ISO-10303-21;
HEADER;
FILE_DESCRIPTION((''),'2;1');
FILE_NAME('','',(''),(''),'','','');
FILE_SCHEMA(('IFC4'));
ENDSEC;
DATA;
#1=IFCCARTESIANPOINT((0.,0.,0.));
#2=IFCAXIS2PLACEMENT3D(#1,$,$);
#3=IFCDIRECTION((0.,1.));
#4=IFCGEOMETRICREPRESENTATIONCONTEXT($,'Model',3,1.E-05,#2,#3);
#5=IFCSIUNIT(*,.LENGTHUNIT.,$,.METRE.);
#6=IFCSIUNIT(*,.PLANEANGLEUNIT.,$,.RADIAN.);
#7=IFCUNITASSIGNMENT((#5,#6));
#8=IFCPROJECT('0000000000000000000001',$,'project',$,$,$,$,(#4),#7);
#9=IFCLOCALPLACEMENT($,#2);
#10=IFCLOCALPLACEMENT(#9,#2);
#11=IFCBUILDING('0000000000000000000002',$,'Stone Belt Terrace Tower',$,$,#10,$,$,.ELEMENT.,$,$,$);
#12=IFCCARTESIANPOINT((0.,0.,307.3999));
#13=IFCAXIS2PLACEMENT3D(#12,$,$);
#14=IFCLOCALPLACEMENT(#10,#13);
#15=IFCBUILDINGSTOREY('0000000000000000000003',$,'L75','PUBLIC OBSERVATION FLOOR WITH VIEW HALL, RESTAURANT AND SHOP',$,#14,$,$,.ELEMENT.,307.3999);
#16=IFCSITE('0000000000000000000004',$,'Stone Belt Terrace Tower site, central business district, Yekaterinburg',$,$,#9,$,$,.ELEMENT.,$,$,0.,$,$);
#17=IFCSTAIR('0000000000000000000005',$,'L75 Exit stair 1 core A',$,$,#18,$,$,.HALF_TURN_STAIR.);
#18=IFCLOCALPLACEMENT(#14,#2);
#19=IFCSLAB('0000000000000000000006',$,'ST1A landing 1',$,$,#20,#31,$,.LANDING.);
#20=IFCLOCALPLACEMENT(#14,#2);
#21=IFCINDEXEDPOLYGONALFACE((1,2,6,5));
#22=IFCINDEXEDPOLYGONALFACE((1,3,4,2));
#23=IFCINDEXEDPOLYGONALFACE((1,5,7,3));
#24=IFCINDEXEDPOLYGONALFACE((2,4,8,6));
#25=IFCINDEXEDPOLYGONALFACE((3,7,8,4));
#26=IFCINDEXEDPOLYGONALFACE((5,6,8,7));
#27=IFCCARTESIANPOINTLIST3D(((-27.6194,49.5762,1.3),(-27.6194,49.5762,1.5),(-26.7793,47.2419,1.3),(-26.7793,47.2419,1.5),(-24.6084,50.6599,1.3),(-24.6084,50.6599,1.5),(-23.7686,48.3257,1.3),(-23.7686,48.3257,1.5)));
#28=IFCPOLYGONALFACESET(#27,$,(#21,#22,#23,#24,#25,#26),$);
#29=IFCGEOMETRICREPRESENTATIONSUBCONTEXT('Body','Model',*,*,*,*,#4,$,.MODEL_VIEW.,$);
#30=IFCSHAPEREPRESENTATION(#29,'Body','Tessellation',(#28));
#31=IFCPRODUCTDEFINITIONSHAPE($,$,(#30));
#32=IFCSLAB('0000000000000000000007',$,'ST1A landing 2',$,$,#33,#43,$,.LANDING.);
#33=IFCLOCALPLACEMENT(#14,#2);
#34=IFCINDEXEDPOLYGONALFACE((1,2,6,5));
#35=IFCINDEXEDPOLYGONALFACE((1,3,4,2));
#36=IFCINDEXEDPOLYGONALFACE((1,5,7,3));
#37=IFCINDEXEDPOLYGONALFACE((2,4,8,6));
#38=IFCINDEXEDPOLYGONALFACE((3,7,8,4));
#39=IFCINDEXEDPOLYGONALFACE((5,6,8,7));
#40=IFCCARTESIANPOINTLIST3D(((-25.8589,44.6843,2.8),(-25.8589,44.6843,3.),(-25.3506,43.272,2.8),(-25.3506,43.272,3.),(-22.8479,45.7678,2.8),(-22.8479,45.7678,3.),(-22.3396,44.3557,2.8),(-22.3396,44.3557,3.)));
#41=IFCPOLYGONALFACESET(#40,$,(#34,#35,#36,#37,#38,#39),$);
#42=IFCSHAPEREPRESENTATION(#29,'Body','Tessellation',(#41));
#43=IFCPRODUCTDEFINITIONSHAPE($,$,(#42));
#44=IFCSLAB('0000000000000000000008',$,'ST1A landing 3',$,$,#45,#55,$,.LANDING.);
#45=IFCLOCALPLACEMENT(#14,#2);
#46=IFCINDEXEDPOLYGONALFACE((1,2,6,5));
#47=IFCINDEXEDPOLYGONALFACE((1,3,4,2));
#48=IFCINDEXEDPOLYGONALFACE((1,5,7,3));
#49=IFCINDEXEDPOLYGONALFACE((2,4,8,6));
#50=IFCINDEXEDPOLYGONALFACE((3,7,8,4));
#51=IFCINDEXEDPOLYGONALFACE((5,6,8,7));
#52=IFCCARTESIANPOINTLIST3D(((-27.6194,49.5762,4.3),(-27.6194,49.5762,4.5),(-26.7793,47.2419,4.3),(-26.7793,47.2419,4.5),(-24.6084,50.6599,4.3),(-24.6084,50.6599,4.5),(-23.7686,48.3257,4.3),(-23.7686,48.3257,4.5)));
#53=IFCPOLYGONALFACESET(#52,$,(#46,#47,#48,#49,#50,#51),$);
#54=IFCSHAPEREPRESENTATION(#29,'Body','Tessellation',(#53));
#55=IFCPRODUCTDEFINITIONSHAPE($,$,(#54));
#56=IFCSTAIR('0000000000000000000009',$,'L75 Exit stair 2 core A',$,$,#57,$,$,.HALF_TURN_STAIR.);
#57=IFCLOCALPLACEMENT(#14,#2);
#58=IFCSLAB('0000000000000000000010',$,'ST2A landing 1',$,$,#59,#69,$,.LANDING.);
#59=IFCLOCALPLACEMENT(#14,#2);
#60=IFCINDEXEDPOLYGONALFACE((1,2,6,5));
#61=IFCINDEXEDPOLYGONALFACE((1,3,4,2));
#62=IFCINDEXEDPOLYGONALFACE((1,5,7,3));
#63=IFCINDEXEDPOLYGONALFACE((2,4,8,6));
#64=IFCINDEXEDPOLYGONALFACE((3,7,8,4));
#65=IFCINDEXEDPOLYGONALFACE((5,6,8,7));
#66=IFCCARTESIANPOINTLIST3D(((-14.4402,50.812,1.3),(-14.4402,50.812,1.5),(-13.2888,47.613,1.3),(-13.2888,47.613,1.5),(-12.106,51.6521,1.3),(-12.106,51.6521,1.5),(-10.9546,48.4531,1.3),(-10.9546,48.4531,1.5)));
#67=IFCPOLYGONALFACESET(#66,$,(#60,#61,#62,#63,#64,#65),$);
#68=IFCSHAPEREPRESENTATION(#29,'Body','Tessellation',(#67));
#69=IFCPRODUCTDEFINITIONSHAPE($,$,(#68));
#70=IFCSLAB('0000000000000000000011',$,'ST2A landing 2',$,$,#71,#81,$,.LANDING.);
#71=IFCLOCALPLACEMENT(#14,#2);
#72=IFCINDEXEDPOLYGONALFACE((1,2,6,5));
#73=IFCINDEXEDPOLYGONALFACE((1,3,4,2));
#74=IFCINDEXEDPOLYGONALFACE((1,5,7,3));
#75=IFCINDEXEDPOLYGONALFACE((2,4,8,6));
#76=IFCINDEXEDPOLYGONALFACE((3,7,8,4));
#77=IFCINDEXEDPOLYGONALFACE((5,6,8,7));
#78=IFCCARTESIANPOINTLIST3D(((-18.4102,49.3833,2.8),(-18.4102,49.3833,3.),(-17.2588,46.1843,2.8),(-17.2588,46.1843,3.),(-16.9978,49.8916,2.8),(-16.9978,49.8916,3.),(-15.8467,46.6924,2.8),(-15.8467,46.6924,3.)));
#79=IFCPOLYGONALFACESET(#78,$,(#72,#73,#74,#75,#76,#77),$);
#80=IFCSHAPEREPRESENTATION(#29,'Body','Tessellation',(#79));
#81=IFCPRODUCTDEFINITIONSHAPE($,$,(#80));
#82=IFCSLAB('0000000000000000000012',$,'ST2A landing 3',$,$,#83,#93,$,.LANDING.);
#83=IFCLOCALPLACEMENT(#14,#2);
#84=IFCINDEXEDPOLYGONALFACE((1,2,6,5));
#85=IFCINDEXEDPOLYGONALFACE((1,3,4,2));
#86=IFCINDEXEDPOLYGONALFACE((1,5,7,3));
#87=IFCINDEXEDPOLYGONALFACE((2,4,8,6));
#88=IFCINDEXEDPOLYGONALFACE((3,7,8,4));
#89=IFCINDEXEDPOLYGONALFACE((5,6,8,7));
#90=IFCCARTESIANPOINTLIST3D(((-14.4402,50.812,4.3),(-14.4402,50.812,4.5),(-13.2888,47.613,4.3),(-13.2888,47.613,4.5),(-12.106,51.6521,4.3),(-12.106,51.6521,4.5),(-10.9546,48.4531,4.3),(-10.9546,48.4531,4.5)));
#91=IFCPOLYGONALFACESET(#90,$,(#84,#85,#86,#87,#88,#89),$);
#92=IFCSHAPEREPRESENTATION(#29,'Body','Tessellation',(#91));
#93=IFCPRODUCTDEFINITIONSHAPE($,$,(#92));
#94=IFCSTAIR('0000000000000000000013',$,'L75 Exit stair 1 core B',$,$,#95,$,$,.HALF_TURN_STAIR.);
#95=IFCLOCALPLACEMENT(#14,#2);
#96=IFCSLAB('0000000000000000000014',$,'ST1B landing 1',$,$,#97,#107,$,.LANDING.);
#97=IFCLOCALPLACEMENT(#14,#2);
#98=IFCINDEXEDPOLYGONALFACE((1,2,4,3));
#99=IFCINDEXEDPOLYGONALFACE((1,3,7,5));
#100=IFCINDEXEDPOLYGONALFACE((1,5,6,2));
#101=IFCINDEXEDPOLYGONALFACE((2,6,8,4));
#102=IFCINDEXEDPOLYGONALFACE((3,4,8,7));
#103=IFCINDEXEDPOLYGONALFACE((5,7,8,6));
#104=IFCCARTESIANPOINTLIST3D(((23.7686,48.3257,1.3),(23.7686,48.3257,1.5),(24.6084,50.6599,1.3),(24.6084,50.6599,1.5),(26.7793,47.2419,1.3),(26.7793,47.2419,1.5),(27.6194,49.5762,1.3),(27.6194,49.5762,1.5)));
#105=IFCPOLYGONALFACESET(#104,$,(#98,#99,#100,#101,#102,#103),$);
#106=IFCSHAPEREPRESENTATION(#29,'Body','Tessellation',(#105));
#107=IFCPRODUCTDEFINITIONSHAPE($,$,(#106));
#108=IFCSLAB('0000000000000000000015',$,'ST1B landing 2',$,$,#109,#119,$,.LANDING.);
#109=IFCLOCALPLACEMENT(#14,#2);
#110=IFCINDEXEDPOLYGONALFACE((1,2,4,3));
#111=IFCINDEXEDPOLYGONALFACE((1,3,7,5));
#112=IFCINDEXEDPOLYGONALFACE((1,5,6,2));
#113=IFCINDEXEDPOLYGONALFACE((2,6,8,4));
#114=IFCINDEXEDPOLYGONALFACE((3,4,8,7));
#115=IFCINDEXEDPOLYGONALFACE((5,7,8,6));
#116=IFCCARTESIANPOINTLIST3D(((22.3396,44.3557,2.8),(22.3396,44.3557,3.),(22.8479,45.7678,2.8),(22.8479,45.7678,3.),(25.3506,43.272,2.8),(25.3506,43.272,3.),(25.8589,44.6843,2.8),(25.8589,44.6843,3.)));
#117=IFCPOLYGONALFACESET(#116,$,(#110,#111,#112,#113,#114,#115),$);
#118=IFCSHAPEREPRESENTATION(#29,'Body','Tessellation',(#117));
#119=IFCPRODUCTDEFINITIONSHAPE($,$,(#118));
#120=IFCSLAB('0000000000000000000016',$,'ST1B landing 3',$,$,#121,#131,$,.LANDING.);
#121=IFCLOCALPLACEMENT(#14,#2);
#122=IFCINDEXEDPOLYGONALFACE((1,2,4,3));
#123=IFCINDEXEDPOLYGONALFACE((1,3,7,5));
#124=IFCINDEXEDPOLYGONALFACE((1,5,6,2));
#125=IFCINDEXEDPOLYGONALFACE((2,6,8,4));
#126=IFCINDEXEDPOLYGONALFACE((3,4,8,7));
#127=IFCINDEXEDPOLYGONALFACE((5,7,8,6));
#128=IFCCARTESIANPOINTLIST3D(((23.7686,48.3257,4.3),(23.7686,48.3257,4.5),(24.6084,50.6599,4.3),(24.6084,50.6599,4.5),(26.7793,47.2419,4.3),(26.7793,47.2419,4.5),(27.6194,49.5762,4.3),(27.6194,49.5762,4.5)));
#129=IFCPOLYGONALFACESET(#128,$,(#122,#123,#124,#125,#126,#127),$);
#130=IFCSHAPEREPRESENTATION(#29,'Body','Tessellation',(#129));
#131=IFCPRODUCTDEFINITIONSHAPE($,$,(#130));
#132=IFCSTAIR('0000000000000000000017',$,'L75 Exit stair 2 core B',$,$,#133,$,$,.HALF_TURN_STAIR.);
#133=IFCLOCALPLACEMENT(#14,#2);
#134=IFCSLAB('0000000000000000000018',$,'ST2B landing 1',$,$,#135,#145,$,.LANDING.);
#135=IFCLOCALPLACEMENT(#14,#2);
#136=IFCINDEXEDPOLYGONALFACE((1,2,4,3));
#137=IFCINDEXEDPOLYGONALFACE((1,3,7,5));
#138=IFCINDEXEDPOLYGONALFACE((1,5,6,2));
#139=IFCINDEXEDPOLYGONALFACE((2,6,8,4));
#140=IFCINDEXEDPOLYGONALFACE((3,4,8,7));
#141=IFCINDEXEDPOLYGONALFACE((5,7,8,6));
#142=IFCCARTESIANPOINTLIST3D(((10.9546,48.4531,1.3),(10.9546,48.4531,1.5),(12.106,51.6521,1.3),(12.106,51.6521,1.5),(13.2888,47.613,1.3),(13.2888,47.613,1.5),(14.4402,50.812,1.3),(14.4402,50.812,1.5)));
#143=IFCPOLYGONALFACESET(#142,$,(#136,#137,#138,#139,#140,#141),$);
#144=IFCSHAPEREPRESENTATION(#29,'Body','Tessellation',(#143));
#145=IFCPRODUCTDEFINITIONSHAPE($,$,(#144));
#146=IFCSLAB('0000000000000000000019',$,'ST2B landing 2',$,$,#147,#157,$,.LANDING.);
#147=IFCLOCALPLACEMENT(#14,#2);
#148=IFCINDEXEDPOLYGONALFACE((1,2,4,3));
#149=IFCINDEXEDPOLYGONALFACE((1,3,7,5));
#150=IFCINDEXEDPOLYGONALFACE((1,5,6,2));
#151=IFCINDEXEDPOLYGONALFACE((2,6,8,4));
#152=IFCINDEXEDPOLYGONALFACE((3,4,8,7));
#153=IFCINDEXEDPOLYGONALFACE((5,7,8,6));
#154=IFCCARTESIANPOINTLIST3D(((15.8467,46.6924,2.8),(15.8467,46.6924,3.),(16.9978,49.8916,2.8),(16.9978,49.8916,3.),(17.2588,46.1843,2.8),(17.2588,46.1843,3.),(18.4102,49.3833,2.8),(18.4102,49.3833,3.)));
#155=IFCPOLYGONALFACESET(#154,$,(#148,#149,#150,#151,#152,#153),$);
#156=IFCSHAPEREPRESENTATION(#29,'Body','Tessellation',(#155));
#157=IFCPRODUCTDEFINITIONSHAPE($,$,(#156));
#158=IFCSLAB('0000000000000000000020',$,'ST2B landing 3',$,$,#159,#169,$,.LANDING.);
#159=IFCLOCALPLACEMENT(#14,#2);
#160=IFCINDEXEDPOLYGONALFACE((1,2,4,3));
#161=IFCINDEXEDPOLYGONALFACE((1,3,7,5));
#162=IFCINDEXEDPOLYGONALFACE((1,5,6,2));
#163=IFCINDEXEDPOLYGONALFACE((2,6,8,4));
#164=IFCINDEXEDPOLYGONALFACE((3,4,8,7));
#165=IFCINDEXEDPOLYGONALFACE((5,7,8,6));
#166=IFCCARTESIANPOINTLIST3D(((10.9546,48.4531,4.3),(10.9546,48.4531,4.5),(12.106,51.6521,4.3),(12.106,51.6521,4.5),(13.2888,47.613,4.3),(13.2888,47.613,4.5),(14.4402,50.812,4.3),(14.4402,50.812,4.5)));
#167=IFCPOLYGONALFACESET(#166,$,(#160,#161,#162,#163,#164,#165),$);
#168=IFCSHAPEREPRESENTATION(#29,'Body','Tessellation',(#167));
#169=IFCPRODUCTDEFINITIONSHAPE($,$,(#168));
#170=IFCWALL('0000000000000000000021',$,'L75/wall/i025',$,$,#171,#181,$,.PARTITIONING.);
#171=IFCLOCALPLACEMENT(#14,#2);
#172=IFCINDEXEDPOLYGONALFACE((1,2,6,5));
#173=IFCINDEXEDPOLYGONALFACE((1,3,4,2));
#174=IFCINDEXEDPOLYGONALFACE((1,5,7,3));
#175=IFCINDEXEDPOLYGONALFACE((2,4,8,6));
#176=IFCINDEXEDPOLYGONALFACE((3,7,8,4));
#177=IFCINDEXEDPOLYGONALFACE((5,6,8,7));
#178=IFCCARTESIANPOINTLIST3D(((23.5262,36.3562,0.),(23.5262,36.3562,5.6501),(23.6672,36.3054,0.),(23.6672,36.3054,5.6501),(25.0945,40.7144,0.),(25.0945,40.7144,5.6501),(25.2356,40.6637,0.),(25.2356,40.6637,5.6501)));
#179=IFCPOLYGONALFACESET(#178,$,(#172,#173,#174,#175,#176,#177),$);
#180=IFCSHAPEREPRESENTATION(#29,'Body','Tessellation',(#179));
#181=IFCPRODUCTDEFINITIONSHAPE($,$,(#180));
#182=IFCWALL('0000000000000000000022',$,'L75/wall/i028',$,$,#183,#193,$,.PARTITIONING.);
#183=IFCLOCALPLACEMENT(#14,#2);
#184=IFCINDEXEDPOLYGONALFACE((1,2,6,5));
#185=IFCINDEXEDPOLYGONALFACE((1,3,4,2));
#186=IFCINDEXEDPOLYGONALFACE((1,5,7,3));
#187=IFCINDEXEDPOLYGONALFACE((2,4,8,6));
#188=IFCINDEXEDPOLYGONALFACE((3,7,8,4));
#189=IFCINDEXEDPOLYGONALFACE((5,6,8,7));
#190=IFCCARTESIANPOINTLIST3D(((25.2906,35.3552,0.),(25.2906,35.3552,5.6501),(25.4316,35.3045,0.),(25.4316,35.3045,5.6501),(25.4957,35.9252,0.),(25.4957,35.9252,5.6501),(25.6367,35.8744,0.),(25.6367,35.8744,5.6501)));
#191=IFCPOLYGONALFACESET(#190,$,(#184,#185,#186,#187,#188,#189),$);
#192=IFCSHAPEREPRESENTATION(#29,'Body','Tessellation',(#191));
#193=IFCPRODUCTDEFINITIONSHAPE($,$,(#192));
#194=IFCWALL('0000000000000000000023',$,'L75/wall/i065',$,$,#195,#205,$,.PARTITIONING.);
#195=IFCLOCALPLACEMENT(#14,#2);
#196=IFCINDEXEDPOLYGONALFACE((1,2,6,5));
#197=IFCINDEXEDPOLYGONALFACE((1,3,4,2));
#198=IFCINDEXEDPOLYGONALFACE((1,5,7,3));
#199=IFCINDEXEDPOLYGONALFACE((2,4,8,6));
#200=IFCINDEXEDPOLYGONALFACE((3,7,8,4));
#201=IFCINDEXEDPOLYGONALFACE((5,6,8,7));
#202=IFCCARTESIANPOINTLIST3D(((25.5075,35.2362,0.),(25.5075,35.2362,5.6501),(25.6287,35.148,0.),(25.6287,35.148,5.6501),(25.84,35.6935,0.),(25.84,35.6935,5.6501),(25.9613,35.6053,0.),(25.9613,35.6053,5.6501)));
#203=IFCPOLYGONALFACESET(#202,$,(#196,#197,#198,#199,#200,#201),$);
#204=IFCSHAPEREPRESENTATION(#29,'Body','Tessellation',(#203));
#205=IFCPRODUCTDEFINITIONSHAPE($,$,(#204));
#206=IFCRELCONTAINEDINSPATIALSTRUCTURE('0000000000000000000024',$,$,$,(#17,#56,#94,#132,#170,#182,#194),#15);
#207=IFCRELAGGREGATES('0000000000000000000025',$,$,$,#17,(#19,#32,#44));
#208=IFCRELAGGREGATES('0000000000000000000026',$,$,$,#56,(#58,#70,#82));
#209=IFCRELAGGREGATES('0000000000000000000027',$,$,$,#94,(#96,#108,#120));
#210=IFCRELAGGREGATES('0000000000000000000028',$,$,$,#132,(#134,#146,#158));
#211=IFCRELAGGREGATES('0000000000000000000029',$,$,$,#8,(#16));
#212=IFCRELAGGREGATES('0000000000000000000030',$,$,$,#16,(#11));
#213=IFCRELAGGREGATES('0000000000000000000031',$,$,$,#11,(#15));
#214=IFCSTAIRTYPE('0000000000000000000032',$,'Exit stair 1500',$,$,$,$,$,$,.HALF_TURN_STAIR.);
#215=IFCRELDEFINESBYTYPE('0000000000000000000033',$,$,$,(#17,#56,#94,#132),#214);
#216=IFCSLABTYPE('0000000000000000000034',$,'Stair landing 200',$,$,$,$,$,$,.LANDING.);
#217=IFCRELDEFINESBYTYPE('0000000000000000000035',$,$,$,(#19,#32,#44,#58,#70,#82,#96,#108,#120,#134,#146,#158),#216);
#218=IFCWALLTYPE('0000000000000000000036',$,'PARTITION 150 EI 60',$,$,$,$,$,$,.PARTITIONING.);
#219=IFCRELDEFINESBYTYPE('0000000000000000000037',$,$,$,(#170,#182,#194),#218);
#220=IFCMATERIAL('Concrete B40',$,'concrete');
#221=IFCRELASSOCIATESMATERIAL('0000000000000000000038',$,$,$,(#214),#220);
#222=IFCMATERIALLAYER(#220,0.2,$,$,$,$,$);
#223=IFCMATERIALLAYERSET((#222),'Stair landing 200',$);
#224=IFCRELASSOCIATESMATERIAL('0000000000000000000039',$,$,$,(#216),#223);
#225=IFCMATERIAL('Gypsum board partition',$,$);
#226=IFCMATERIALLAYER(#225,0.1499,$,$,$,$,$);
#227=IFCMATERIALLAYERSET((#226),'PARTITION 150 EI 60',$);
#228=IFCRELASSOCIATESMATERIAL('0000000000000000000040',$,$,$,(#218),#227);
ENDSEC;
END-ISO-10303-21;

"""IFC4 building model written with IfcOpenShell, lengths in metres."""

from ifc_helpers import new_model, si_unit, direction, frame, frame_2d, origin, place, context, subcontext, project, spatial, polyline, rectangle, outline, extrude, material, layer, layer_set, type_object, element, aggregate, save


model = new_model("IFC4")

# Units and contexts
model_context = context("Model", 3, precision=1e-05, world=origin(), true_north=direction((0.0, 1.0)))
body_context = subcontext(model_context, "Body", "Model", "MODEL_VIEW")
ifc_project = project(units=[si_unit("LENGTHUNIT", "METRE"), si_unit("PLANEANGLEUNIT", "RADIAN")], contexts=[model_context])

# Site, building, storey
site_placement = place(None, origin())
site = spatial("IfcSite", under=ifc_project, at=site_placement, Name="Stone Belt Terrace Tower site, central business district, Yekaterinburg", CompositionType="ELEMENT", RefElevation=0.0)
building_placement = place(site_placement, origin())
building = spatial("IfcBuilding", under=site, at=building_placement, Name="Stone Belt Terrace Tower", CompositionType="ELEMENT")
storey_placement = place(building_placement, frame((0.0, 0.0, 307.3999)))
storey = spatial("IfcBuildingStorey", under=building, at=storey_placement, Name="L75", Description="PUBLIC OBSERVATION FLOOR WITH VIEW HALL, RESTAURANT AND SHOP", CompositionType="ELEMENT", Elevation=307.3999)

# Shared definitions
ifc_material_1 = material(Name="Concrete B40", Category="concrete")

# Stairs, slabs
stair_type = type_object("IfcStairType", Name="Exit stair 1500", PredefinedType="HALF_TURN_STAIR", material=ifc_material_1)
stair_1_placement = place(storey_placement, origin())
stair_1 = element("IfcStair", 1, at=stair_1_placement, inside=storey, type_object=stair_type, Name="L75 Exit stair 1 core A", PredefinedType="HALF_TURN_STAIR")
ifc_layer_1 = layer(ifc_material_1, 0.2)
ifc_layer_set_1 = layer_set([ifc_layer_1], Name="Stair landing 200")
slab_type_1 = type_object("IfcSlabType", Name="Stair landing 200", PredefinedType="LANDING", material=ifc_layer_set_1)
slab_1_placement = place(storey_placement, frame((0.0, 0.0, 1.3)))
slab_1 = element("IfcSlab", 2, at=slab_1_placement, type_object=slab_type_1, Name="ST1A landing 1", PredefinedType="LANDING", context=body_context, shape_type="SweptSolid", body=[
    extrude(outline(polyline([(-23.7686, 48.3257), (-24.6084, 50.6599), (-27.6194, 49.5762), (-26.7793, 47.2419), (-23.7686, 48.3257)])), origin(), (0.0, 0.0, 1.0), 0.2),
])
slab_2_placement = place(storey_placement, frame((0.0, 0.0, 2.8)))
slab_2 = element("IfcSlab", 3, at=slab_2_placement, type_object=slab_type_1, Name="ST1A landing 2", PredefinedType="LANDING", context=body_context, shape_type="SweptSolid", body=[
    extrude(outline(polyline([(-22.3396, 44.3557), (-22.8479, 45.7678), (-25.8589, 44.6843), (-25.3506, 43.272), (-22.3396, 44.3557)])), origin(), (0.0, 0.0, 1.0), 0.2),
])
slab_3_placement = place(storey_placement, frame((0.0, 0.0, 4.3)))
slab_3 = element("IfcSlab", 4, at=slab_3_placement, type_object=slab_type_1, Name="ST1A landing 3", PredefinedType="LANDING", context=body_context, shape_type="SweptSolid", body=[
    extrude(outline(polyline([(-23.7686, 48.3257), (-24.6084, 50.6599), (-27.6194, 49.5762), (-26.7793, 47.2419), (-23.7686, 48.3257)])), origin(), (0.0, 0.0, 1.0), 0.2),
])
aggregate(stair_1, [slab_1, slab_2, slab_3])
stair_2_placement = place(storey_placement, origin())
stair_2 = element("IfcStair", 5, at=stair_2_placement, inside=storey, type_object=stair_type, Name="L75 Exit stair 2 core A", PredefinedType="HALF_TURN_STAIR")
slab_4_placement = place(storey_placement, frame((0.0, 0.0, 1.3)))
slab_4 = element("IfcSlab", 6, at=slab_4_placement, type_object=slab_type_1, Name="ST2A landing 1", PredefinedType="LANDING", context=body_context, shape_type="SweptSolid", body=[
    extrude(outline(polyline([(-13.2888, 47.613), (-10.9546, 48.4531), (-12.106, 51.6521), (-14.4402, 50.812), (-13.2888, 47.613)])), origin(), (0.0, 0.0, 1.0), 0.2),
])
slab_5_placement = place(storey_placement, frame((0.0, 0.0, 2.8)))
slab_5 = element("IfcSlab", 7, at=slab_5_placement, type_object=slab_type_1, Name="ST2A landing 2", PredefinedType="LANDING", context=body_context, shape_type="SweptSolid", body=[
    extrude(outline(polyline([(-17.2588, 46.1843), (-15.8467, 46.6924), (-16.9978, 49.8916), (-18.4102, 49.3833), (-17.2588, 46.1843)])), origin(), (0.0, 0.0, 1.0), 0.2),
])
slab_6_placement = place(storey_placement, frame((0.0, 0.0, 4.3)))
slab_6 = element("IfcSlab", 8, at=slab_6_placement, type_object=slab_type_1, Name="ST2A landing 3", PredefinedType="LANDING", context=body_context, shape_type="SweptSolid", body=[
    extrude(outline(polyline([(-13.2888, 47.613), (-10.9546, 48.4531), (-12.106, 51.6521), (-14.4402, 50.812), (-13.2888, 47.613)])), origin(), (0.0, 0.0, 1.0), 0.2),
])
aggregate(stair_2, [slab_4, slab_5, slab_6])
stair_3_placement = place(storey_placement, origin())
stair_3 = element("IfcStair", 9, at=stair_3_placement, inside=storey, type_object=stair_type, Name="L75 Exit stair 1 core B", PredefinedType="HALF_TURN_STAIR")
slab_7_placement = place(storey_placement, frame((0.0, 0.0, 1.3)))
slab_7 = element("IfcSlab", 10, at=slab_7_placement, type_object=slab_type_1, Name="ST1B landing 1", PredefinedType="LANDING", context=body_context, shape_type="SweptSolid", body=[
    extrude(outline(polyline([(26.7793, 47.2419), (27.6194, 49.5762), (24.6084, 50.6599), (23.7686, 48.3257), (26.7793, 47.2419)])), origin(), (0.0, 0.0, 1.0), 0.2),
])
slab_8_placement = place(storey_placement, frame((0.0, 0.0, 2.8)))
slab_8 = element("IfcSlab", 11, at=slab_8_placement, type_object=slab_type_1, Name="ST1B landing 2", PredefinedType="LANDING", context=body_context, shape_type="SweptSolid", body=[
    extrude(outline(polyline([(25.3506, 43.272), (25.8589, 44.6843), (22.8479, 45.7678), (22.3396, 44.3557), (25.3506, 43.272)])), origin(), (0.0, 0.0, 1.0), 0.2),
])
slab_9_placement = place(storey_placement, frame((0.0, 0.0, 4.3)))
slab_9 = element("IfcSlab", 12, at=slab_9_placement, type_object=slab_type_1, Name="ST1B landing 3", PredefinedType="LANDING", context=body_context, shape_type="SweptSolid", body=[
    extrude(outline(polyline([(26.7793, 47.2419), (27.6194, 49.5762), (24.6084, 50.6599), (23.7686, 48.3257), (26.7793, 47.2419)])), origin(), (0.0, 0.0, 1.0), 0.2),
])
aggregate(stair_3, [slab_7, slab_8, slab_9])
stair_4_placement = place(storey_placement, origin())
stair_4 = element("IfcStair", 13, at=stair_4_placement, inside=storey, type_object=stair_type, Name="L75 Exit stair 2 core B", PredefinedType="HALF_TURN_STAIR")
slab_10_placement = place(storey_placement, frame((0.0, 0.0, 1.3)))
slab_10 = element("IfcSlab", 14, at=slab_10_placement, type_object=slab_type_1, Name="ST2B landing 1", PredefinedType="LANDING", context=body_context, shape_type="SweptSolid", body=[
    extrude(outline(polyline([(14.4402, 50.812), (12.106, 51.6521), (10.9546, 48.4531), (13.2888, 47.613), (14.4402, 50.812)])), origin(), (0.0, 0.0, 1.0), 0.2),
])
slab_11_placement = place(storey_placement, frame((0.0, 0.0, 2.8)))
slab_11 = element("IfcSlab", 15, at=slab_11_placement, type_object=slab_type_1, Name="ST2B landing 2", PredefinedType="LANDING", context=body_context, shape_type="SweptSolid", body=[
    extrude(outline(polyline([(18.4102, 49.3833), (16.9978, 49.8916), (15.8467, 46.6924), (17.2588, 46.1843), (18.4102, 49.3833)])), origin(), (0.0, 0.0, 1.0), 0.2),
])
slab_12_placement = place(storey_placement, frame((0.0, 0.0, 4.3)))
slab_12 = element("IfcSlab", 16, at=slab_12_placement, type_object=slab_type_1, Name="ST2B landing 3", PredefinedType="LANDING", context=body_context, shape_type="SweptSolid", body=[
    extrude(outline(polyline([(14.4402, 50.812), (12.106, 51.6521), (10.9546, 48.4531), (13.2888, 47.613), (14.4402, 50.812)])), origin(), (0.0, 0.0, 1.0), 0.2),
])
aggregate(stair_4, [slab_10, slab_11, slab_12])

# Walls
ifc_material_2 = material(Name="Gypsum board partition")
ifc_layer_2 = layer(ifc_material_2, 0.1499)
ifc_layer_set_2 = layer_set([ifc_layer_2], Name="PARTITION 150 EI 60")
wall_type = type_object("IfcWallType", Name="PARTITION 150 EI 60", PredefinedType="PARTITIONING", material=ifc_layer_set_2)
wall_1_placement = place(storey_placement, frame((23.5967, 36.3308, 0.0), z_axis=(0.0, 0.0, 1.0), x_axis=(0.338609, 0.940927, 0.0)))
element("IfcWall", 17, at=wall_1_placement, inside=storey, type_object=wall_type, Name="L75/wall/i025", PredefinedType="PARTITIONING", context=body_context, shape_type="SweptSolid", body=[
    extrude(rectangle(XDim=4.6318, YDim=0.1499, at=frame_2d((2.3159, 0.0))), origin(), (0.0, 0.0, 1.0), 5.6501),
])
wall_2_placement = place(storey_placement, frame((25.5662, 35.8997, 0.0), z_axis=(0.0, 0.0, 1.0), x_axis=(-0.338634, -0.940918, 0.0)))
element("IfcWall", 18, at=wall_2_placement, inside=storey, type_object=wall_type, Name="L75/wall/i028", PredefinedType="PARTITIONING", context=body_context, shape_type="SweptSolid", body=[
    extrude(rectangle(XDim=0.6057, YDim=0.1499, at=frame_2d((0.3027, 0.0))), origin(), (0.0, 0.0, 1.0), 5.6501),
])
wall_3_placement = place(storey_placement, frame((25.9006, 35.6494, 0.0), z_axis=(0.0, 0.0, 1.0), x_axis=(-0.58812, -0.808773, 0.0)))
element("IfcWall", 19, at=wall_3_placement, inside=storey, type_object=wall_type, Name="L75/wall/i065", PredefinedType="PARTITIONING", context=body_context, shape_type="SweptSolid", body=[
    extrude(rectangle(XDim=0.5654, YDim=0.1499, at=frame_2d((0.2827, 0.0))), origin(), (0.0, 0.0, 1.0), 5.6501),
])

save(model, "model.ifc")
